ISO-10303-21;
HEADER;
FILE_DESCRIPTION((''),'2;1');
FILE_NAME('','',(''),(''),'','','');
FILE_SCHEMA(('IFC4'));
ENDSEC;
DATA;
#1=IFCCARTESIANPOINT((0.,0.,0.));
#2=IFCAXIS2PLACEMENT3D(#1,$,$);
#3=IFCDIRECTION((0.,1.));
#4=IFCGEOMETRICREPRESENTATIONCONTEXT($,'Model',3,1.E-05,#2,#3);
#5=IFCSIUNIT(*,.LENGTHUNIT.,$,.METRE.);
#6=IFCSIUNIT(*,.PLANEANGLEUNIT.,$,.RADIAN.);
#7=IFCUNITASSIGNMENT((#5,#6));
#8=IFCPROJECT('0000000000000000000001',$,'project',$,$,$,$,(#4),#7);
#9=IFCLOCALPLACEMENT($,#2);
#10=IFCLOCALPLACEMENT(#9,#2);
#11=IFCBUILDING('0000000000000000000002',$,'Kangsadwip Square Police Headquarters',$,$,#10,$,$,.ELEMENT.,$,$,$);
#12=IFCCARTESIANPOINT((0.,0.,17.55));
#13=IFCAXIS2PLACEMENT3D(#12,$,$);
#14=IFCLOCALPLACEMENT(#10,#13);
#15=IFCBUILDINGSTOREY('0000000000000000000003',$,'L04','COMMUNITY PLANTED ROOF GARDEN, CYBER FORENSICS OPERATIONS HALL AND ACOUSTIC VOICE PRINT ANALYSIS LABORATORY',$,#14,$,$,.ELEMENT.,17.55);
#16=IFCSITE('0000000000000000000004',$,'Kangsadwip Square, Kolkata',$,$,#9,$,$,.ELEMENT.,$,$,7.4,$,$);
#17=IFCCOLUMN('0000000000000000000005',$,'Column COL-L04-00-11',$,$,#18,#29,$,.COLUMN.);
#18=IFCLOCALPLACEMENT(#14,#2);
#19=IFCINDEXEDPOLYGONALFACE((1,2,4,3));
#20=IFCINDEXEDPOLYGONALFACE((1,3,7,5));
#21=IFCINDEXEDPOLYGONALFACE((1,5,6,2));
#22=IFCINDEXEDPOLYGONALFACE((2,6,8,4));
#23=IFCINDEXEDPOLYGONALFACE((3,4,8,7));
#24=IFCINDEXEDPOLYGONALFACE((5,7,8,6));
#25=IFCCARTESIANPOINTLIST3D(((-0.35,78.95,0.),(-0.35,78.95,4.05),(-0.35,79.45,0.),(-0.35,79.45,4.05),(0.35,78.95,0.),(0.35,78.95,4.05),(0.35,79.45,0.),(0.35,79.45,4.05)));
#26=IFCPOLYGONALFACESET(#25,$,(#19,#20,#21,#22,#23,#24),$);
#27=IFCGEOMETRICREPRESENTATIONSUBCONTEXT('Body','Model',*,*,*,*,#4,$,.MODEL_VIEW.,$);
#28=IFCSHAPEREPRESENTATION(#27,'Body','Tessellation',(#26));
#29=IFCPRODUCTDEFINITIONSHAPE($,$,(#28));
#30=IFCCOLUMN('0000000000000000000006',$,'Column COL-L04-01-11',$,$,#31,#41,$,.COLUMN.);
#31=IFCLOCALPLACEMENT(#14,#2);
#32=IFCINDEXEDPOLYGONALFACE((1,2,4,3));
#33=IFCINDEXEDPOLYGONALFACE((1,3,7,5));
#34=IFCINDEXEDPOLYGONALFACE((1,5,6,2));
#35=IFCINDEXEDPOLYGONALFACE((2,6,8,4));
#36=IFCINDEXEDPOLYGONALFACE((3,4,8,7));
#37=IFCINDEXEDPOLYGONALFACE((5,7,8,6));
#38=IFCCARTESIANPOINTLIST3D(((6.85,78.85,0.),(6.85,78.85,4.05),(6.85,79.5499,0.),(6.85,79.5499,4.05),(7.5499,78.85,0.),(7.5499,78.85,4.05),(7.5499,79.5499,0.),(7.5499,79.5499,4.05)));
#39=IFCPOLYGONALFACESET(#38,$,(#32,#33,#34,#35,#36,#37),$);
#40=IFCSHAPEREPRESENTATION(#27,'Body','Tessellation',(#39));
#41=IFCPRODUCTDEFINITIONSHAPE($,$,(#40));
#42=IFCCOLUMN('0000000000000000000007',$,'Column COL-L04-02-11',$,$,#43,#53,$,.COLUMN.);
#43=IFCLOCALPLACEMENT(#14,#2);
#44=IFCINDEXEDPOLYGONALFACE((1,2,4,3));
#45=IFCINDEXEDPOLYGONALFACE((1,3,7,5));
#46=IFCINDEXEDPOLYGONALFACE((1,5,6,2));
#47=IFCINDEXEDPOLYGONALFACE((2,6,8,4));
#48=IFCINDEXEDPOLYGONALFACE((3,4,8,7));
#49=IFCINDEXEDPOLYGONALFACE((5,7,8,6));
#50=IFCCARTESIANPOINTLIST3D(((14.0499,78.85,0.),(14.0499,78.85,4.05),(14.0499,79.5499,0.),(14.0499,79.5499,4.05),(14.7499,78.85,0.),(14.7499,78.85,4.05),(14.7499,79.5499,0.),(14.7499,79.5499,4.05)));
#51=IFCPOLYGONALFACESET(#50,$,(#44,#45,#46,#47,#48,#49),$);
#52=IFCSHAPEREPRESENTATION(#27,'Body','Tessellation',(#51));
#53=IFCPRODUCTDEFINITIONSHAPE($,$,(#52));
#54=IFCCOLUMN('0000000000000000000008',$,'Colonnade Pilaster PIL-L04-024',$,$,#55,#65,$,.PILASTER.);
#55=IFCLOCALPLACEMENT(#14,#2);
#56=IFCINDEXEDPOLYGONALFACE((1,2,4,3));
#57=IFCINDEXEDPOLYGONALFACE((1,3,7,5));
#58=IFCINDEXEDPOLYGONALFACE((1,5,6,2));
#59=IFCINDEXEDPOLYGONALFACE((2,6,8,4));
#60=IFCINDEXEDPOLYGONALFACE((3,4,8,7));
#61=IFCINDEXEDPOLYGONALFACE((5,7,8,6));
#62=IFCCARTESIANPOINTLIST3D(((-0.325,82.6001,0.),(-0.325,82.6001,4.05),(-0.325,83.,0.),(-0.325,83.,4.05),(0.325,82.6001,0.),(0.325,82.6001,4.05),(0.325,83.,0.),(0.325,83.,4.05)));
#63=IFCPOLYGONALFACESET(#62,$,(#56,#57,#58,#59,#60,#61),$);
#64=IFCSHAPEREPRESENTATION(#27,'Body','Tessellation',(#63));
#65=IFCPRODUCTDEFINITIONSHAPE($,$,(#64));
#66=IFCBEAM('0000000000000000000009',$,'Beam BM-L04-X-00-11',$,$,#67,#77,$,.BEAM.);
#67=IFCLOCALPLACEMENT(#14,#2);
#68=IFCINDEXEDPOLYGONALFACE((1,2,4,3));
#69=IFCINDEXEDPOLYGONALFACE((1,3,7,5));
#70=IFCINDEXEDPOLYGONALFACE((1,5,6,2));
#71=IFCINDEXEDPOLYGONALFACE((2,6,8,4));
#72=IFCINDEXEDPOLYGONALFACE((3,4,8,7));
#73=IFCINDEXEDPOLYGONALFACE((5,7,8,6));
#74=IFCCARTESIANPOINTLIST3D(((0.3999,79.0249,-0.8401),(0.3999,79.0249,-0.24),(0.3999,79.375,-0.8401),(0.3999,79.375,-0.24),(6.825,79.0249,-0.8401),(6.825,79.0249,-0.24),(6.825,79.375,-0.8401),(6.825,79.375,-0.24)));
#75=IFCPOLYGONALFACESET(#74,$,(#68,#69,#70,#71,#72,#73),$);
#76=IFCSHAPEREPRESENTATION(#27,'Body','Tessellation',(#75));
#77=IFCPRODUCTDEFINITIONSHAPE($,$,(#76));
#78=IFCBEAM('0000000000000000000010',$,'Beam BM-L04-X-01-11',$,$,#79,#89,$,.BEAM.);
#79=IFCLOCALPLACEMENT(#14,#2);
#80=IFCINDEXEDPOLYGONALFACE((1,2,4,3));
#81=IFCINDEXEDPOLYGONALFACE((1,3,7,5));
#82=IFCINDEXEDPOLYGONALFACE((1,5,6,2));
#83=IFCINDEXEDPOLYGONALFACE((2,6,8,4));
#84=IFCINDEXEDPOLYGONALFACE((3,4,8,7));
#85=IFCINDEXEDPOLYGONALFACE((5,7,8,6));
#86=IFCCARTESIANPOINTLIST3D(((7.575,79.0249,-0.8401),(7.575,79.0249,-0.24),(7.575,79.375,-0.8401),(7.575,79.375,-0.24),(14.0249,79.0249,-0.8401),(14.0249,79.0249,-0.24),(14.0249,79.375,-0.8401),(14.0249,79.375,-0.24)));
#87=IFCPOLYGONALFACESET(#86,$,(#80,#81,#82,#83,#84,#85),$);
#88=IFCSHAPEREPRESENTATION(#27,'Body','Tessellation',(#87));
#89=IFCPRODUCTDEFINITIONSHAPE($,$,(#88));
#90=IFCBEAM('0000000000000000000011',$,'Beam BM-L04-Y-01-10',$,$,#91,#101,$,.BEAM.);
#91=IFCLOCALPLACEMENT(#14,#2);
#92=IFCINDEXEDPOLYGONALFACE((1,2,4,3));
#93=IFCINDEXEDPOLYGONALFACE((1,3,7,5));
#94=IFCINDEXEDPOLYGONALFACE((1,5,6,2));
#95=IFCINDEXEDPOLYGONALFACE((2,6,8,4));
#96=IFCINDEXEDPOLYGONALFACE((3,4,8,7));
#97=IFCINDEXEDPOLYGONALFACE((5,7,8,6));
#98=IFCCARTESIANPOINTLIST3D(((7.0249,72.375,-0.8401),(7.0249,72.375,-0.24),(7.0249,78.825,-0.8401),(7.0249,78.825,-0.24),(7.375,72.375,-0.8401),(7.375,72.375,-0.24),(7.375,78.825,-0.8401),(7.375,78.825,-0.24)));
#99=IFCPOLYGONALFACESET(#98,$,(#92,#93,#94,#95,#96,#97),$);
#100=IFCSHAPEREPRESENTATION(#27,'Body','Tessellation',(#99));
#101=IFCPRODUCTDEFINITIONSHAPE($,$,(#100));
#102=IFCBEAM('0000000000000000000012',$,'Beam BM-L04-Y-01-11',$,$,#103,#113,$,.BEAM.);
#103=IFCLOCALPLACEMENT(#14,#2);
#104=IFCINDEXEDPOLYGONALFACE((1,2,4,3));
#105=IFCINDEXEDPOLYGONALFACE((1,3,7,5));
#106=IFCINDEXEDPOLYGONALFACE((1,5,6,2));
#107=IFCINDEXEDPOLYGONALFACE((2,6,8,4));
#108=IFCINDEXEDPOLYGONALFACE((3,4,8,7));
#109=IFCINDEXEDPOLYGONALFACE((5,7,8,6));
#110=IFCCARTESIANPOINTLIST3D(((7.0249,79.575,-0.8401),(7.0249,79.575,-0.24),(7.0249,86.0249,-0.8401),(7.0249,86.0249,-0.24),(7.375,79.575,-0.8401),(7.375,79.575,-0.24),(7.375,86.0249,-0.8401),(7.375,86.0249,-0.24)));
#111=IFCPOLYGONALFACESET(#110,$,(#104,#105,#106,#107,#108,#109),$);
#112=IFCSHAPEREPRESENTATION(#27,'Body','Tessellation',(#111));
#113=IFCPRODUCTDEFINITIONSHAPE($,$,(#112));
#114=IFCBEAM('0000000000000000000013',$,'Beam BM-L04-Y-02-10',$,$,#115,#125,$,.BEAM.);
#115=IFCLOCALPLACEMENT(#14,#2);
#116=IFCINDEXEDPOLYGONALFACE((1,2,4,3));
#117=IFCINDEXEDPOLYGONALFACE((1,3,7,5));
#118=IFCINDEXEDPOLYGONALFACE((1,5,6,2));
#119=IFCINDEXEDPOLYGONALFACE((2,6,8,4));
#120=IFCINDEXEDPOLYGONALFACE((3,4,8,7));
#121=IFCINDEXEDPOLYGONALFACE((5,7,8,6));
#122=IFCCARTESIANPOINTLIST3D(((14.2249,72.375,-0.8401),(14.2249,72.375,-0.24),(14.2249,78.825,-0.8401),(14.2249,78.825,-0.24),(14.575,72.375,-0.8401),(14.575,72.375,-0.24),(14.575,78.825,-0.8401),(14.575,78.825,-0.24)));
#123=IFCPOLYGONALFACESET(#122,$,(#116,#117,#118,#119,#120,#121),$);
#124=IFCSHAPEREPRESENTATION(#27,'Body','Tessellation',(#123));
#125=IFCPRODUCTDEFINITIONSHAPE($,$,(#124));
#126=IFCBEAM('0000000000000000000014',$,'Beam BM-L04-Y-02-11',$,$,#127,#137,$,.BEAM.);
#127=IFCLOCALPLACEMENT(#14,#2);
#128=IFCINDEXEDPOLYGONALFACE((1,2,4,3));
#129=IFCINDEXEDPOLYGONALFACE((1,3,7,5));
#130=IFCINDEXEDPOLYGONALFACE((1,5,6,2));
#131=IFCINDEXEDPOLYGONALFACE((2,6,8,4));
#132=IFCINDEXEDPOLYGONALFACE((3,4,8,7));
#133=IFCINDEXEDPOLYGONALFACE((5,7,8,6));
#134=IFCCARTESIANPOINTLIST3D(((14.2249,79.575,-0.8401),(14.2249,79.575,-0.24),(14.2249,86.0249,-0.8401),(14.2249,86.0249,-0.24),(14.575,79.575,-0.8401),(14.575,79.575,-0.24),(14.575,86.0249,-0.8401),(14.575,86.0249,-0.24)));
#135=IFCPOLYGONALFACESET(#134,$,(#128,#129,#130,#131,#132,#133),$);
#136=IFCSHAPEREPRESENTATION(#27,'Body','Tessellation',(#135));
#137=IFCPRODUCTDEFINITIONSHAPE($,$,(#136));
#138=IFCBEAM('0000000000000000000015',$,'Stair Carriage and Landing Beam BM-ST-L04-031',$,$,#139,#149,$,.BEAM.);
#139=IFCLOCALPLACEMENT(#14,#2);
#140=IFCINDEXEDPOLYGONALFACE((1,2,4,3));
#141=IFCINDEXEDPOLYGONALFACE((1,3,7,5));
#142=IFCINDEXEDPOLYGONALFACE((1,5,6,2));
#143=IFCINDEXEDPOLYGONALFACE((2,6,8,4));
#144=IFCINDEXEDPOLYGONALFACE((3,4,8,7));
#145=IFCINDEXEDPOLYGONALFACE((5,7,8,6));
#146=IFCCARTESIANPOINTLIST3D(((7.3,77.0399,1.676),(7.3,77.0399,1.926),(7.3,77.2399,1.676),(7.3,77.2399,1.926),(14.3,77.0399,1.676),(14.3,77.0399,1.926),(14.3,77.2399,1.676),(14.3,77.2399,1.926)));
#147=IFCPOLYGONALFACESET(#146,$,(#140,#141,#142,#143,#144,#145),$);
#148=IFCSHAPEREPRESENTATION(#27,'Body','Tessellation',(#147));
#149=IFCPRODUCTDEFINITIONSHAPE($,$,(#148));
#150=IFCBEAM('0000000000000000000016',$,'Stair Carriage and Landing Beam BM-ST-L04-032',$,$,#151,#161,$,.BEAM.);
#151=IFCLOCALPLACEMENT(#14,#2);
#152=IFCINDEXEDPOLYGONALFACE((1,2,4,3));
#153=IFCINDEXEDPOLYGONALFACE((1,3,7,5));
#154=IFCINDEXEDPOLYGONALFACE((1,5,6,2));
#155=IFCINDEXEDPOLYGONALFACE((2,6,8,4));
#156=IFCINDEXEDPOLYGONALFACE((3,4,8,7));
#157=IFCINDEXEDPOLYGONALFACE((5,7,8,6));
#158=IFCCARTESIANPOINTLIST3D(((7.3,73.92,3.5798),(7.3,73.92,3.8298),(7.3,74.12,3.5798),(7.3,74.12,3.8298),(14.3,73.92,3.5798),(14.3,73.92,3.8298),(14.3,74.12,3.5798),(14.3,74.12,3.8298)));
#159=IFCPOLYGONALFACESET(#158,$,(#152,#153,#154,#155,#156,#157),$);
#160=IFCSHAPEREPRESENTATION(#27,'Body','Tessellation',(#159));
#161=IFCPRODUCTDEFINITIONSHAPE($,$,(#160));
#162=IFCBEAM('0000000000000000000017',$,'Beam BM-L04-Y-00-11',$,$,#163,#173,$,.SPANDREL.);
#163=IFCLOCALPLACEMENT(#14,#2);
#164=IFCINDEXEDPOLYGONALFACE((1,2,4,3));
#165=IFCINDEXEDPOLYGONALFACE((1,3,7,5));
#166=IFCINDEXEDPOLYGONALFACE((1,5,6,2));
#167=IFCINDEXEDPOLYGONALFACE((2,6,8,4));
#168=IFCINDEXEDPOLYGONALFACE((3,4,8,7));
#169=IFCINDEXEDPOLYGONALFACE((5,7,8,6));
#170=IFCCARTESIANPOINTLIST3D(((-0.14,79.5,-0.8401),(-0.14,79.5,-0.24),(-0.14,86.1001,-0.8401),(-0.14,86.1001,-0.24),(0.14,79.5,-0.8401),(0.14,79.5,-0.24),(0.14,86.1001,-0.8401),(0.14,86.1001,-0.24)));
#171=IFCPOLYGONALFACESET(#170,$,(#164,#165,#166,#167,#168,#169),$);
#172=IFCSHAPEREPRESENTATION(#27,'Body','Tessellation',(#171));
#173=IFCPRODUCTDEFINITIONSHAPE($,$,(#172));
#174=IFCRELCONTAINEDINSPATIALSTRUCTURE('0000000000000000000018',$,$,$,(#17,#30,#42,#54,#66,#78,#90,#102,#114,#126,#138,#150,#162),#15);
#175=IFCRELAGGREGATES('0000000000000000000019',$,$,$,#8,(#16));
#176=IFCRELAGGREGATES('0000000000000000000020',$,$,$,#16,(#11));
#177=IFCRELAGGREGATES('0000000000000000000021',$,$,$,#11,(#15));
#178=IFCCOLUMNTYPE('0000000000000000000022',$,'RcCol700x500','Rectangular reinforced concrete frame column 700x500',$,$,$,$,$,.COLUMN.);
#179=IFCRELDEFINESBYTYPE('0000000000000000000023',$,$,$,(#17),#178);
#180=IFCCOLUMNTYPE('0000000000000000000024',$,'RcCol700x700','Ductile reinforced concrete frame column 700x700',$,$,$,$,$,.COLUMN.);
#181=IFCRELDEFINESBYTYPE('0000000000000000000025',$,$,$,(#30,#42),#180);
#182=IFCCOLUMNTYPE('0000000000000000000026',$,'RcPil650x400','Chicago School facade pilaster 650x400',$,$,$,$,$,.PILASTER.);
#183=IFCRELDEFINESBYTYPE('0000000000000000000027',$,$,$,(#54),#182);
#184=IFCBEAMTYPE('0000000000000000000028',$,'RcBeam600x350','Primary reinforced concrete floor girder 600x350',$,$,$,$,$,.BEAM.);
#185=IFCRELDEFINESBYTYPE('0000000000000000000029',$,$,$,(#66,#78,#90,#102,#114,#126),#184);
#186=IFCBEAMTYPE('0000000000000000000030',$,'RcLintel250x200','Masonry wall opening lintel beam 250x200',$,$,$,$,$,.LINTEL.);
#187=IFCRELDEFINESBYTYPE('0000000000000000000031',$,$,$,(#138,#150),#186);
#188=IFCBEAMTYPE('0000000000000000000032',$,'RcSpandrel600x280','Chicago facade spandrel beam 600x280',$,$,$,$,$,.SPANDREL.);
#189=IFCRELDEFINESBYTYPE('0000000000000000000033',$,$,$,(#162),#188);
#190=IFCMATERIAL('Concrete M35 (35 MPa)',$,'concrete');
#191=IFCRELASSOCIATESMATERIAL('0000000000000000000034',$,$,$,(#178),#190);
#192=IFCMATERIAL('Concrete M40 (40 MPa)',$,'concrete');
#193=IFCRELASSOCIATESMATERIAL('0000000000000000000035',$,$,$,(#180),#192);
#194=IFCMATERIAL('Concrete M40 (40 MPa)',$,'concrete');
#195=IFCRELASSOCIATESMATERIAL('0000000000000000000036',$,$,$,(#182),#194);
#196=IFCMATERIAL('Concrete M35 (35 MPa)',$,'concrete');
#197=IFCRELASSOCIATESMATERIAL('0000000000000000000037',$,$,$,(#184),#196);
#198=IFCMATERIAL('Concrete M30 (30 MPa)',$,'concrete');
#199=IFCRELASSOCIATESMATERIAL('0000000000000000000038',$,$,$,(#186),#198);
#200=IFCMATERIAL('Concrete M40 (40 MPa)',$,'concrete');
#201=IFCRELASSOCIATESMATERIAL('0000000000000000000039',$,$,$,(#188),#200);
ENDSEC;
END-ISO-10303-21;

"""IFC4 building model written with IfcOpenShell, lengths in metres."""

from ifc_helpers import new_model, si_unit, direction, frame, origin, origin_2d, place, context, subcontext, project, spatial, rectangle, extrude, material, material_profile, profile_set, type_object, element, save


model = new_model("IFC4")

# Units and contexts
model_context = context("Model", 3, precision=1e-05, world=origin(), true_north=direction((0.0, 1.0)))
body_context = subcontext(model_context, "Body", "Model", "MODEL_VIEW")
ifc_project = project(units=[si_unit("LENGTHUNIT", "METRE"), si_unit("PLANEANGLEUNIT", "RADIAN")], contexts=[model_context])

# Site, building, storey
site_placement = place(None, origin())
site = spatial("IfcSite", under=ifc_project, at=site_placement, Name="Kangsadwip Square, Kolkata", CompositionType="ELEMENT", RefElevation=7.4)
building_placement = place(site_placement, origin())
building = spatial("IfcBuilding", under=site, at=building_placement, Name="Kangsadwip Square Police Headquarters", CompositionType="ELEMENT")
storey_placement = place(building_placement, frame((0.0, 0.0, 17.55)))
storey = spatial("IfcBuildingStorey", under=building, at=storey_placement, Name="L04", Description="COMMUNITY PLANTED ROOF GARDEN, CYBER FORENSICS OPERATIONS HALL AND ACOUSTIC VOICE PRINT ANALYSIS LABORATORY", CompositionType="ELEMENT", Elevation=17.55)

# Columns
ifc_material_1 = material(Name="Concrete M35 (35 MPa)", Category="concrete")
ifc_material_profile_1 = material_profile(ifc_material_1, rectangle(XDim=0.5, YDim=0.7, at=origin_2d()), Name="RC COL 700X500")
ifc_profile_set_1 = profile_set([ifc_material_profile_1], Name="Concrete M35 (35 MPa)")
column_type_1 = type_object("IfcColumnType", Name="RcCol700x500", Description="Rectangular reinforced concrete frame column 700x500", PredefinedType="COLUMN", material=ifc_profile_set_1)
column_1_placement = place(storey_placement, frame((0.0, 79.2, 0.0), z_axis=(0.0, 0.0, 1.0), x_axis=(0.0, 1.0, 0.0)))
element("IfcColumn", 1, at=column_1_placement, inside=storey, type_object=column_type_1, Name="Column COL-L04-00-11", PredefinedType="COLUMN", context=body_context, shape_type="SweptSolid", body=[
    extrude(rectangle(XDim=0.5, YDim=0.7, at=origin_2d()), origin(), (0.0, 0.0, 1.0), 4.05),
])
ifc_material_2 = material(Name="Concrete M40 (40 MPa)", Category="concrete")
ifc_material_profile_2 = material_profile(ifc_material_2, rectangle(XDim=0.7, YDim=0.7, at=origin_2d()), Name="RC COL 700X700")
ifc_profile_set_2 = profile_set([ifc_material_profile_2], Name="Concrete M40 (40 MPa)")
column_type_2 = type_object("IfcColumnType", Name="RcCol700x700", Description="Ductile reinforced concrete frame column 700x700", PredefinedType="COLUMN", material=ifc_profile_set_2)
for number, where, z_axis, x_axis, name in (
    (2, (7.2, 79.2, 0.0), (0.0, 0.0, 1.0), (1.0, 0.0, 0.0), "Column COL-L04-01-11"),
    (3, (14.3999, 79.2, 0.0), (0.0, 0.0, 1.0), (1.0, 0.0, 0.0), "Column COL-L04-02-11"),
):
    element("IfcColumn", number, at=place(storey_placement, frame(where, z_axis=z_axis, x_axis=x_axis)), inside=storey, type_object=column_type_2, Name=name, PredefinedType="COLUMN", context=body_context, shape_type="SweptSolid", body=[
        extrude(rectangle(XDim=0.7, YDim=0.7, at=origin_2d()), origin(), (0.0, 0.0, 1.0), 4.05),
    ])
ifc_material_3 = material(Name="Concrete M40 (40 MPa)", Category="concrete")
ifc_material_profile_3 = material_profile(ifc_material_3, rectangle(XDim=0.3999, YDim=0.6499, at=origin_2d()), Name="RC PIL 650X400")
ifc_profile_set_3 = profile_set([ifc_material_profile_3], Name="Concrete M40 (40 MPa)")
column_type_3 = type_object("IfcColumnType", Name="RcPil650x400", Description="Chicago School facade pilaster 650x400", PredefinedType="PILASTER", material=ifc_profile_set_3)
column_2_placement = place(storey_placement, frame((0.0, 82.8, 0.0), z_axis=(0.0, 0.0, 1.0), x_axis=(0.0, 1.0, 0.0)))
element("IfcColumn", 4, at=column_2_placement, inside=storey, type_object=column_type_3, Name="Colonnade Pilaster PIL-L04-024", PredefinedType="PILASTER", context=body_context, shape_type="SweptSolid", body=[
    extrude(rectangle(XDim=0.3999, YDim=0.6499, at=origin_2d()), origin(), (0.0, 0.0, 1.0), 4.05),
])

# Beams
ifc_material_4 = material(Name="Concrete M35 (35 MPa)", Category="concrete")
ifc_material_profile_4 = material_profile(ifc_material_4, rectangle(XDim=0.3501, YDim=0.6001, at=origin_2d()), Name="RC BM 600X350")
ifc_profile_set_4 = profile_set([ifc_material_profile_4], Name="Concrete M35 (35 MPa)")
beam_type_1 = type_object("IfcBeamType", Name="RcBeam600x350", Description="Primary reinforced concrete floor girder 600x350", PredefinedType="BEAM", material=ifc_profile_set_4)
beam_1_placement = place(storey_placement, frame((0.3999, 79.2, -0.54), z_axis=(1.0, 0.0, 0.0), x_axis=(0.0, 1.0, 0.0)))
element("IfcBeam", 5, at=beam_1_placement, inside=storey, type_object=beam_type_1, Name="Beam BM-L04-X-00-11", PredefinedType="BEAM", context=body_context, shape_type="SweptSolid", body=[
    extrude(rectangle(XDim=0.3501, YDim=0.6001, at=origin_2d()), origin(), (0.0, 0.0, 1.0), 6.425),
])
for number, where, z_axis, x_axis, name in (
    (6, (7.575, 79.2, -0.54), (1.0, 0.0, 0.0), (0.0, 1.0, 0.0), "Beam BM-L04-X-01-11"),
    (7, (7.2, 72.375, -0.54), (0.0, 1.0, 0.0), (-1.0, 0.0, 0.0), "Beam BM-L04-Y-01-10"),
    (8, (7.2, 79.575, -0.54), (0.0, 1.0, 0.0), (-1.0, 0.0, 0.0), "Beam BM-L04-Y-01-11"),
    (9, (14.3999, 72.375, -0.54), (0.0, 1.0, 0.0), (-1.0, 0.0, 0.0), "Beam BM-L04-Y-02-10"),
    (10, (14.3999, 79.575, -0.54), (0.0, 1.0, 0.0), (-1.0, 0.0, 0.0), "Beam BM-L04-Y-02-11"),
):
    element("IfcBeam", number, at=place(storey_placement, frame(where, z_axis=z_axis, x_axis=x_axis)), inside=storey, type_object=beam_type_1, Name=name, PredefinedType="BEAM", context=body_context, shape_type="SweptSolid", body=[
        extrude(rectangle(XDim=0.3501, YDim=0.6001, at=origin_2d()), origin(), (0.0, 0.0, 1.0), 6.45),
    ])
ifc_material_5 = material(Name="Concrete M30 (30 MPa)", Category="concrete")
ifc_material_profile_5 = material_profile(ifc_material_5, rectangle(XDim=0.2, YDim=0.25, at=origin_2d()), Name="RC LNT 250X200")
ifc_profile_set_5 = profile_set([ifc_material_profile_5], Name="Concrete M30 (30 MPa)")
beam_type_2 = type_object("IfcBeamType", Name="RcLintel250x200", Description="Masonry wall opening lintel beam 250x200", PredefinedType="LINTEL", material=ifc_profile_set_5)
for number, where, z_axis, x_axis, name in (
    (11, (7.3, 77.1399, 1.801), (1.0, 0.0, 0.0), (0.0, 1.0, 0.0), "Stair Carriage and Landing Beam BM-ST-L04-031"),
    (12, (7.3, 74.02, 3.7048), (1.0, 0.0, 0.0), (0.0, 1.0, 0.0), "Stair Carriage and Landing Beam BM-ST-L04-032"),
):
    element("IfcBeam", number, at=place(storey_placement, frame(where, z_axis=z_axis, x_axis=x_axis)), inside=storey, type_object=beam_type_2, Name=name, PredefinedType="BEAM", context=body_context, shape_type="SweptSolid", body=[
        extrude(rectangle(XDim=0.2, YDim=0.25, at=origin_2d()), origin(), (0.0, 0.0, 1.0), 7.0),
    ])
ifc_material_6 = material(Name="Concrete M40 (40 MPa)", Category="concrete")
ifc_material_profile_6 = material_profile(ifc_material_6, rectangle(XDim=0.28, YDim=0.6001, at=origin_2d()), Name="RC SPN 600X280")
ifc_profile_set_6 = profile_set([ifc_material_profile_6], Name="Concrete M40 (40 MPa)")
beam_type_3 = type_object("IfcBeamType", Name="RcSpandrel600x280", Description="Chicago facade spandrel beam 600x280", PredefinedType="SPANDREL", material=ifc_profile_set_6)
beam_2_placement = place(storey_placement, frame((0.0, 79.5, -0.54), z_axis=(0.0, 1.0, 0.0), x_axis=(-1.0, 0.0, 0.0)))
element("IfcBeam", 13, at=beam_2_placement, inside=storey, type_object=beam_type_3, Name="Beam BM-L04-Y-00-11", PredefinedType="SPANDREL", context=body_context, shape_type="SweptSolid", body=[
    extrude(rectangle(XDim=0.28, YDim=0.6001, at=origin_2d()), origin(), (0.0, 0.0, 1.0), 6.6001),
])

save(model, "model.ifc")
